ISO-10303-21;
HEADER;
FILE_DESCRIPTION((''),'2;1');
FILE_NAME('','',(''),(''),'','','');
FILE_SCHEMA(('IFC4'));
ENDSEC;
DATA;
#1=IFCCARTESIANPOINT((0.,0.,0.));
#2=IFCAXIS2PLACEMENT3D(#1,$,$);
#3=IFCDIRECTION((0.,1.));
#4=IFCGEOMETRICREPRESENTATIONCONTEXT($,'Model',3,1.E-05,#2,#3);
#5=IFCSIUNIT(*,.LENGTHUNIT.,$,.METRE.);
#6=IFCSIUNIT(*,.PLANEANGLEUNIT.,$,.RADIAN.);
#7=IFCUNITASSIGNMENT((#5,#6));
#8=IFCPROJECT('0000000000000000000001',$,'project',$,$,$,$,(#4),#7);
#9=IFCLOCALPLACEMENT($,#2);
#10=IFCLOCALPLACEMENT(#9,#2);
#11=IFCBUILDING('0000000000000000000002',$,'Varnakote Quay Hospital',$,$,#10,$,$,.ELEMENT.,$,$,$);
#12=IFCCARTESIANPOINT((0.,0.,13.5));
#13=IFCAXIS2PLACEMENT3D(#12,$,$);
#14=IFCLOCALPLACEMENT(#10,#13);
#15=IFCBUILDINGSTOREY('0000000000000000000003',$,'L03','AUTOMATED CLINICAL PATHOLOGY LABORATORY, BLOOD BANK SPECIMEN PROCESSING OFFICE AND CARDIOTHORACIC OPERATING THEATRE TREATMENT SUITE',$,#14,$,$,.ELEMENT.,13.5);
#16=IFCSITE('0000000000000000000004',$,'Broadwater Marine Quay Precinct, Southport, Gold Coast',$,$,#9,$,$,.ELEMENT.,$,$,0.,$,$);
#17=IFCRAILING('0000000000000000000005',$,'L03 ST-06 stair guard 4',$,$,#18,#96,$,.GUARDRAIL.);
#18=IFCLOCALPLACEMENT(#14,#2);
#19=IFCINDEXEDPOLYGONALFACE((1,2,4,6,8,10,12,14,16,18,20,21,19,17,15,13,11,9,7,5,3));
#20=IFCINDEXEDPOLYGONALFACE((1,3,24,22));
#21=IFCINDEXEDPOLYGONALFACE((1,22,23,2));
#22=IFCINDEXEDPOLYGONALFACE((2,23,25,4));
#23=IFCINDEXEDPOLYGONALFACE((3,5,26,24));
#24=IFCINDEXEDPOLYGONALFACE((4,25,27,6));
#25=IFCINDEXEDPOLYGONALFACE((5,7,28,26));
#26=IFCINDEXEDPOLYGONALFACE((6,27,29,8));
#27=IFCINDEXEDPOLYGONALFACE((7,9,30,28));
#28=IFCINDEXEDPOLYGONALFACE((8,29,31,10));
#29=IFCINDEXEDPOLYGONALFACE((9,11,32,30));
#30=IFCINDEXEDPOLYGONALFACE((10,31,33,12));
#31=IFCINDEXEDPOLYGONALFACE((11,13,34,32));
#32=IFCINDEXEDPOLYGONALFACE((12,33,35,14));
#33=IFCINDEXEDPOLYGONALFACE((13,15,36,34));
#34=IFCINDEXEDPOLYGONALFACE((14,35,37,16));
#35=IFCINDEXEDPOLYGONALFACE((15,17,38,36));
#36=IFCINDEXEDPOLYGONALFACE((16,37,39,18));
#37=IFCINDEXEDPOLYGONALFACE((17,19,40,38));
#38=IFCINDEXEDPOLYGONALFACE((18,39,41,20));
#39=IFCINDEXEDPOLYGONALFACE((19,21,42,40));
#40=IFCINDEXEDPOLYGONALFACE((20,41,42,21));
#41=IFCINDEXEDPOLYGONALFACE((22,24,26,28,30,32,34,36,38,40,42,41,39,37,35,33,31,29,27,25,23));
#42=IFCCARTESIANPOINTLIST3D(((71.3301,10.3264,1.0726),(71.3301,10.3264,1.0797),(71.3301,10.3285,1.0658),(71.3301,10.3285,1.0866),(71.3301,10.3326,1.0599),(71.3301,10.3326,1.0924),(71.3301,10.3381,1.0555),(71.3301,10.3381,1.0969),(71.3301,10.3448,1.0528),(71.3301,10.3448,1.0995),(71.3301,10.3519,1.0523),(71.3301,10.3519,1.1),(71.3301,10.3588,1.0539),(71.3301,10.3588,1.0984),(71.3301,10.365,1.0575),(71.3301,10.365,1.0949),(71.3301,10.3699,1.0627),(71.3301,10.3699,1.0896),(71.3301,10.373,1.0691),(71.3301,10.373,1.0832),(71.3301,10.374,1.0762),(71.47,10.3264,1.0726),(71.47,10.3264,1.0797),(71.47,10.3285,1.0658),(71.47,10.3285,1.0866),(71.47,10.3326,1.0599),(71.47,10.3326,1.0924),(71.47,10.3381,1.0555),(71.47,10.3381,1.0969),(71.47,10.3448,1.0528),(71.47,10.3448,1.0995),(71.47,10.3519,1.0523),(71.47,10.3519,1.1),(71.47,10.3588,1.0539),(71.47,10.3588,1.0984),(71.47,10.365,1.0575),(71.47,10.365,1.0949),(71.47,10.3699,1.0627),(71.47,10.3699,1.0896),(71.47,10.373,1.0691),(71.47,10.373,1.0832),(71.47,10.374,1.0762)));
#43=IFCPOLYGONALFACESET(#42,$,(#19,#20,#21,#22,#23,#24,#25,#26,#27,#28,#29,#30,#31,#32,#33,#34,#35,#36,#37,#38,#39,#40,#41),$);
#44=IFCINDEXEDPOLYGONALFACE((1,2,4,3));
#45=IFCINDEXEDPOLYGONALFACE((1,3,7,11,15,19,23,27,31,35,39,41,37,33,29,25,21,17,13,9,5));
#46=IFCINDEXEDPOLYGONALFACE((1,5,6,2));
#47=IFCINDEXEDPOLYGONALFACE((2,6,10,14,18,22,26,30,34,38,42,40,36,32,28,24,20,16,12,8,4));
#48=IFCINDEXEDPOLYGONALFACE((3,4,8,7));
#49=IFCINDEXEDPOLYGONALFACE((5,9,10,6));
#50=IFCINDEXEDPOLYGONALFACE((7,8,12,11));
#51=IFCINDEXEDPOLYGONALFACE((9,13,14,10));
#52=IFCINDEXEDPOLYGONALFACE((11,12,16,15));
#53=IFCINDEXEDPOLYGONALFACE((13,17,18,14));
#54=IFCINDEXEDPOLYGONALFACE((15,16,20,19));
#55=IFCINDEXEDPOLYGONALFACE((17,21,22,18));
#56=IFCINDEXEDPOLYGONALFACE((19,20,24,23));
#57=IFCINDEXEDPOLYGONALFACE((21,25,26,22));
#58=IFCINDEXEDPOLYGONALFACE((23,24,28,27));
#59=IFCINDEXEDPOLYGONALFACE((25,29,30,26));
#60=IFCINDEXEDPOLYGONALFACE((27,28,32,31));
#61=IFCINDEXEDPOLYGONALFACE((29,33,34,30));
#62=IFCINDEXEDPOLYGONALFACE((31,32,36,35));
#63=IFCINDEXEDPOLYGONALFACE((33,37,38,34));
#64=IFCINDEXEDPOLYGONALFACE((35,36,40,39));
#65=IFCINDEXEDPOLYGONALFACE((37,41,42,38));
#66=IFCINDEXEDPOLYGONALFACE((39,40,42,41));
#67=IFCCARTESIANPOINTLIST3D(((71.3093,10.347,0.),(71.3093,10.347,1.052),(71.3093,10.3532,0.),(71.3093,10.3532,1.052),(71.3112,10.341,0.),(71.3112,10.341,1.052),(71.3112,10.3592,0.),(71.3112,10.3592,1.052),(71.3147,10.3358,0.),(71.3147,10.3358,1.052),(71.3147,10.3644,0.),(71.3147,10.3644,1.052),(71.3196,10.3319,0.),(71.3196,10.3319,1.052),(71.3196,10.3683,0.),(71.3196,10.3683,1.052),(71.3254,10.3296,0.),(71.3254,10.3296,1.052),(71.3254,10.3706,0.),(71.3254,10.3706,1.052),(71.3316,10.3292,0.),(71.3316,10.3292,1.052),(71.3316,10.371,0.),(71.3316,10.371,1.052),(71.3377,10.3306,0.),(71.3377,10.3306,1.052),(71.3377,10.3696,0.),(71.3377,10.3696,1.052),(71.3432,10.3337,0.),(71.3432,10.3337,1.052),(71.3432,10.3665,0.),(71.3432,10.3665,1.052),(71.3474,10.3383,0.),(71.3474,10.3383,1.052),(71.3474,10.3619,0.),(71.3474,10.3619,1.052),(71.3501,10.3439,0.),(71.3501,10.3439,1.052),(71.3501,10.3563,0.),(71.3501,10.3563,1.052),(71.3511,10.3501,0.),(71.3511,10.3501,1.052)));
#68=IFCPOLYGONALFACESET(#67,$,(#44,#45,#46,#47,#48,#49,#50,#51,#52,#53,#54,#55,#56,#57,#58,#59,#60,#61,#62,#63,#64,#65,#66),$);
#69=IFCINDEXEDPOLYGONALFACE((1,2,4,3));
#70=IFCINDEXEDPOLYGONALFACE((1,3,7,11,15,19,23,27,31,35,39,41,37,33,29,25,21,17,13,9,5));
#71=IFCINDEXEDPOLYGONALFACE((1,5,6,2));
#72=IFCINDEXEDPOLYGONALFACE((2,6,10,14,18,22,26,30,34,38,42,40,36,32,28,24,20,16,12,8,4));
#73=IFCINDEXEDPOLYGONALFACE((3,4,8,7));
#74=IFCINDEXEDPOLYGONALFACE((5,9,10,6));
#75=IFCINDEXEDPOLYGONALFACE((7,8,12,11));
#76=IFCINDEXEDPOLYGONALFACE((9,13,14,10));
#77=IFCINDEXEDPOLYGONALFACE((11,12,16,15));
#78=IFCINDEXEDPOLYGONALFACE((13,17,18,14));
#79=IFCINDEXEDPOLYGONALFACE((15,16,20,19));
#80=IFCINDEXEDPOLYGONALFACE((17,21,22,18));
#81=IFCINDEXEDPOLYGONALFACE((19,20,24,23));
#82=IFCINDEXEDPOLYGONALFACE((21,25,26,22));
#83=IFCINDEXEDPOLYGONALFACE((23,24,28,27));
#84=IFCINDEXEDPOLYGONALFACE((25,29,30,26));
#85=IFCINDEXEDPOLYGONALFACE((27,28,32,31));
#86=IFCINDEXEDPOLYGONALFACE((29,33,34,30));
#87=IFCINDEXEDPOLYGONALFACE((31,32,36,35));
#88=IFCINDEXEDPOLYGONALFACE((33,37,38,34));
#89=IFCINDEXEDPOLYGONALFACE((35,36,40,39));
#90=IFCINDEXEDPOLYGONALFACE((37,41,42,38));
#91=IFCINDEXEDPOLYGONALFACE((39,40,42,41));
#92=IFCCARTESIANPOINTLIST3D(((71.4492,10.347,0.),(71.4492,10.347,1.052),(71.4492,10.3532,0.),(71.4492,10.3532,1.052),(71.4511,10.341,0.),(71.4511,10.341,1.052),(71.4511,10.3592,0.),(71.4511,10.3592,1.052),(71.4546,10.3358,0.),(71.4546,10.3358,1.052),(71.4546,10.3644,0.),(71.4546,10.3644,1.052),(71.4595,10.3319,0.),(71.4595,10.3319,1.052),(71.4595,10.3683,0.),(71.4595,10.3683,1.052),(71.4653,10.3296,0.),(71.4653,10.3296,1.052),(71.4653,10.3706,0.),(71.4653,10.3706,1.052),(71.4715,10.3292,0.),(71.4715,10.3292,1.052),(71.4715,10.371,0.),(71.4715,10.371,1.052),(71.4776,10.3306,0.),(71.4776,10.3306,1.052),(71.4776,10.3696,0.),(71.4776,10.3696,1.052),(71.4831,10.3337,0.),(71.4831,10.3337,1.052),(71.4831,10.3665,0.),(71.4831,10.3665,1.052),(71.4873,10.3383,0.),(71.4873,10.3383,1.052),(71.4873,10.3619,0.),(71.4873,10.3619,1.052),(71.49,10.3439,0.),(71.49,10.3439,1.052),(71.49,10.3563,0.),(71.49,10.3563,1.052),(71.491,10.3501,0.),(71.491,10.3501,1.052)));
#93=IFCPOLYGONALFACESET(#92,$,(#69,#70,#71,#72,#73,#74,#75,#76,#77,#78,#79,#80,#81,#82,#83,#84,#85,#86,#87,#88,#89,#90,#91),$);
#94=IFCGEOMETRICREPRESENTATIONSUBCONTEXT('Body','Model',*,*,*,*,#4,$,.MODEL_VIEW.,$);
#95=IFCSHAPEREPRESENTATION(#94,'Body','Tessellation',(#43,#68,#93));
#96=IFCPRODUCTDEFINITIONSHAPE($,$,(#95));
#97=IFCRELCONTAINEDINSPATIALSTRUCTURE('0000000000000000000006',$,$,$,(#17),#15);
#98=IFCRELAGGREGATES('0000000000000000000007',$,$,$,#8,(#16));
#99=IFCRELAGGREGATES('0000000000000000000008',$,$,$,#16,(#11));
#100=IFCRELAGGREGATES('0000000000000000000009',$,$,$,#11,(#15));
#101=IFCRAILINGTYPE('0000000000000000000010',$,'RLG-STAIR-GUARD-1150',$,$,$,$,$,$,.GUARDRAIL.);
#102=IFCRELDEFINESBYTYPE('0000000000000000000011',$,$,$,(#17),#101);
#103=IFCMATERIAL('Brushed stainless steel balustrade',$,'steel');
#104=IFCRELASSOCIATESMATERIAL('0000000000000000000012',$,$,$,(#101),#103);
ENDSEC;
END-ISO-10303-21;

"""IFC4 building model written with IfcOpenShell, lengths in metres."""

from ifc_helpers import new_model, si_unit, direction, frame, origin, origin_2d, place, context, subcontext, project, spatial, circle, extrude, material, type_object, element, save


model = new_model("IFC4")

# Units and contexts
model_context = context("Model", 3, precision=1e-05, world=origin(), true_north=direction((0.0, 1.0)))
body_context = subcontext(model_context, "Body", "Model", "MODEL_VIEW")
ifc_project = project(units=[si_unit("LENGTHUNIT", "METRE"), si_unit("PLANEANGLEUNIT", "RADIAN")], contexts=[model_context])

# Site, building, storey
site_placement = place(None, origin())
site = spatial("IfcSite", under=ifc_project, at=site_placement, Name="Broadwater Marine Quay Precinct, Southport, Gold Coast", CompositionType="ELEMENT", RefElevation=0.0)
building_placement = place(site_placement, origin())
building = spatial("IfcBuilding", under=site, at=building_placement, Name="Varnakote Quay Hospital", CompositionType="ELEMENT")
storey_placement = place(building_placement, frame((0.0, 0.0, 13.5)))
storey = spatial("IfcBuildingStorey", under=building, at=storey_placement, Name="L03", Description="AUTOMATED CLINICAL PATHOLOGY LABORATORY, BLOOD BANK SPECIMEN PROCESSING OFFICE AND CARDIOTHORACIC OPERATING THEATRE TREATMENT SUITE", CompositionType="ELEMENT", Elevation=13.5)

# Railing
ifc_material_1 = material(Name="Brushed stainless steel balustrade", Category="steel")
railing_type_1 = type_object("IfcRailingType", Name="RLG-STAIR-GUARD-1150", PredefinedType="GUARDRAIL", material=ifc_material_1)
railing_1_placement = place(storey_placement, frame((71.3301, 10.3501, 0.0)))
element("IfcRailing", 1, at=railing_1_placement, inside=storey, type_object=railing_type_1, Name="L03 ST-06 stair guard 4", PredefinedType="GUARDRAIL", context=body_context, shape_type="SweptSolid", body=[
    extrude(circle(Radius=0.0239, at=origin_2d()), frame((0.0, 0.0, 1.0762), z_axis=(1.0, 0.0, 0.0), x_axis=(0.0, 1.0, 0.0)), (0.0, 0.0, 1.0), 0.1399),
    extrude(circle(Radius=0.021, at=origin_2d()), origin(), (0.0, 0.0, 1.0), 1.052),
    extrude(circle(Radius=0.021, at=origin_2d()), frame((0.1399, 0.0, 0.0)), (0.0, 0.0, 1.0), 1.052),
])

save(model, "model.ifc")
